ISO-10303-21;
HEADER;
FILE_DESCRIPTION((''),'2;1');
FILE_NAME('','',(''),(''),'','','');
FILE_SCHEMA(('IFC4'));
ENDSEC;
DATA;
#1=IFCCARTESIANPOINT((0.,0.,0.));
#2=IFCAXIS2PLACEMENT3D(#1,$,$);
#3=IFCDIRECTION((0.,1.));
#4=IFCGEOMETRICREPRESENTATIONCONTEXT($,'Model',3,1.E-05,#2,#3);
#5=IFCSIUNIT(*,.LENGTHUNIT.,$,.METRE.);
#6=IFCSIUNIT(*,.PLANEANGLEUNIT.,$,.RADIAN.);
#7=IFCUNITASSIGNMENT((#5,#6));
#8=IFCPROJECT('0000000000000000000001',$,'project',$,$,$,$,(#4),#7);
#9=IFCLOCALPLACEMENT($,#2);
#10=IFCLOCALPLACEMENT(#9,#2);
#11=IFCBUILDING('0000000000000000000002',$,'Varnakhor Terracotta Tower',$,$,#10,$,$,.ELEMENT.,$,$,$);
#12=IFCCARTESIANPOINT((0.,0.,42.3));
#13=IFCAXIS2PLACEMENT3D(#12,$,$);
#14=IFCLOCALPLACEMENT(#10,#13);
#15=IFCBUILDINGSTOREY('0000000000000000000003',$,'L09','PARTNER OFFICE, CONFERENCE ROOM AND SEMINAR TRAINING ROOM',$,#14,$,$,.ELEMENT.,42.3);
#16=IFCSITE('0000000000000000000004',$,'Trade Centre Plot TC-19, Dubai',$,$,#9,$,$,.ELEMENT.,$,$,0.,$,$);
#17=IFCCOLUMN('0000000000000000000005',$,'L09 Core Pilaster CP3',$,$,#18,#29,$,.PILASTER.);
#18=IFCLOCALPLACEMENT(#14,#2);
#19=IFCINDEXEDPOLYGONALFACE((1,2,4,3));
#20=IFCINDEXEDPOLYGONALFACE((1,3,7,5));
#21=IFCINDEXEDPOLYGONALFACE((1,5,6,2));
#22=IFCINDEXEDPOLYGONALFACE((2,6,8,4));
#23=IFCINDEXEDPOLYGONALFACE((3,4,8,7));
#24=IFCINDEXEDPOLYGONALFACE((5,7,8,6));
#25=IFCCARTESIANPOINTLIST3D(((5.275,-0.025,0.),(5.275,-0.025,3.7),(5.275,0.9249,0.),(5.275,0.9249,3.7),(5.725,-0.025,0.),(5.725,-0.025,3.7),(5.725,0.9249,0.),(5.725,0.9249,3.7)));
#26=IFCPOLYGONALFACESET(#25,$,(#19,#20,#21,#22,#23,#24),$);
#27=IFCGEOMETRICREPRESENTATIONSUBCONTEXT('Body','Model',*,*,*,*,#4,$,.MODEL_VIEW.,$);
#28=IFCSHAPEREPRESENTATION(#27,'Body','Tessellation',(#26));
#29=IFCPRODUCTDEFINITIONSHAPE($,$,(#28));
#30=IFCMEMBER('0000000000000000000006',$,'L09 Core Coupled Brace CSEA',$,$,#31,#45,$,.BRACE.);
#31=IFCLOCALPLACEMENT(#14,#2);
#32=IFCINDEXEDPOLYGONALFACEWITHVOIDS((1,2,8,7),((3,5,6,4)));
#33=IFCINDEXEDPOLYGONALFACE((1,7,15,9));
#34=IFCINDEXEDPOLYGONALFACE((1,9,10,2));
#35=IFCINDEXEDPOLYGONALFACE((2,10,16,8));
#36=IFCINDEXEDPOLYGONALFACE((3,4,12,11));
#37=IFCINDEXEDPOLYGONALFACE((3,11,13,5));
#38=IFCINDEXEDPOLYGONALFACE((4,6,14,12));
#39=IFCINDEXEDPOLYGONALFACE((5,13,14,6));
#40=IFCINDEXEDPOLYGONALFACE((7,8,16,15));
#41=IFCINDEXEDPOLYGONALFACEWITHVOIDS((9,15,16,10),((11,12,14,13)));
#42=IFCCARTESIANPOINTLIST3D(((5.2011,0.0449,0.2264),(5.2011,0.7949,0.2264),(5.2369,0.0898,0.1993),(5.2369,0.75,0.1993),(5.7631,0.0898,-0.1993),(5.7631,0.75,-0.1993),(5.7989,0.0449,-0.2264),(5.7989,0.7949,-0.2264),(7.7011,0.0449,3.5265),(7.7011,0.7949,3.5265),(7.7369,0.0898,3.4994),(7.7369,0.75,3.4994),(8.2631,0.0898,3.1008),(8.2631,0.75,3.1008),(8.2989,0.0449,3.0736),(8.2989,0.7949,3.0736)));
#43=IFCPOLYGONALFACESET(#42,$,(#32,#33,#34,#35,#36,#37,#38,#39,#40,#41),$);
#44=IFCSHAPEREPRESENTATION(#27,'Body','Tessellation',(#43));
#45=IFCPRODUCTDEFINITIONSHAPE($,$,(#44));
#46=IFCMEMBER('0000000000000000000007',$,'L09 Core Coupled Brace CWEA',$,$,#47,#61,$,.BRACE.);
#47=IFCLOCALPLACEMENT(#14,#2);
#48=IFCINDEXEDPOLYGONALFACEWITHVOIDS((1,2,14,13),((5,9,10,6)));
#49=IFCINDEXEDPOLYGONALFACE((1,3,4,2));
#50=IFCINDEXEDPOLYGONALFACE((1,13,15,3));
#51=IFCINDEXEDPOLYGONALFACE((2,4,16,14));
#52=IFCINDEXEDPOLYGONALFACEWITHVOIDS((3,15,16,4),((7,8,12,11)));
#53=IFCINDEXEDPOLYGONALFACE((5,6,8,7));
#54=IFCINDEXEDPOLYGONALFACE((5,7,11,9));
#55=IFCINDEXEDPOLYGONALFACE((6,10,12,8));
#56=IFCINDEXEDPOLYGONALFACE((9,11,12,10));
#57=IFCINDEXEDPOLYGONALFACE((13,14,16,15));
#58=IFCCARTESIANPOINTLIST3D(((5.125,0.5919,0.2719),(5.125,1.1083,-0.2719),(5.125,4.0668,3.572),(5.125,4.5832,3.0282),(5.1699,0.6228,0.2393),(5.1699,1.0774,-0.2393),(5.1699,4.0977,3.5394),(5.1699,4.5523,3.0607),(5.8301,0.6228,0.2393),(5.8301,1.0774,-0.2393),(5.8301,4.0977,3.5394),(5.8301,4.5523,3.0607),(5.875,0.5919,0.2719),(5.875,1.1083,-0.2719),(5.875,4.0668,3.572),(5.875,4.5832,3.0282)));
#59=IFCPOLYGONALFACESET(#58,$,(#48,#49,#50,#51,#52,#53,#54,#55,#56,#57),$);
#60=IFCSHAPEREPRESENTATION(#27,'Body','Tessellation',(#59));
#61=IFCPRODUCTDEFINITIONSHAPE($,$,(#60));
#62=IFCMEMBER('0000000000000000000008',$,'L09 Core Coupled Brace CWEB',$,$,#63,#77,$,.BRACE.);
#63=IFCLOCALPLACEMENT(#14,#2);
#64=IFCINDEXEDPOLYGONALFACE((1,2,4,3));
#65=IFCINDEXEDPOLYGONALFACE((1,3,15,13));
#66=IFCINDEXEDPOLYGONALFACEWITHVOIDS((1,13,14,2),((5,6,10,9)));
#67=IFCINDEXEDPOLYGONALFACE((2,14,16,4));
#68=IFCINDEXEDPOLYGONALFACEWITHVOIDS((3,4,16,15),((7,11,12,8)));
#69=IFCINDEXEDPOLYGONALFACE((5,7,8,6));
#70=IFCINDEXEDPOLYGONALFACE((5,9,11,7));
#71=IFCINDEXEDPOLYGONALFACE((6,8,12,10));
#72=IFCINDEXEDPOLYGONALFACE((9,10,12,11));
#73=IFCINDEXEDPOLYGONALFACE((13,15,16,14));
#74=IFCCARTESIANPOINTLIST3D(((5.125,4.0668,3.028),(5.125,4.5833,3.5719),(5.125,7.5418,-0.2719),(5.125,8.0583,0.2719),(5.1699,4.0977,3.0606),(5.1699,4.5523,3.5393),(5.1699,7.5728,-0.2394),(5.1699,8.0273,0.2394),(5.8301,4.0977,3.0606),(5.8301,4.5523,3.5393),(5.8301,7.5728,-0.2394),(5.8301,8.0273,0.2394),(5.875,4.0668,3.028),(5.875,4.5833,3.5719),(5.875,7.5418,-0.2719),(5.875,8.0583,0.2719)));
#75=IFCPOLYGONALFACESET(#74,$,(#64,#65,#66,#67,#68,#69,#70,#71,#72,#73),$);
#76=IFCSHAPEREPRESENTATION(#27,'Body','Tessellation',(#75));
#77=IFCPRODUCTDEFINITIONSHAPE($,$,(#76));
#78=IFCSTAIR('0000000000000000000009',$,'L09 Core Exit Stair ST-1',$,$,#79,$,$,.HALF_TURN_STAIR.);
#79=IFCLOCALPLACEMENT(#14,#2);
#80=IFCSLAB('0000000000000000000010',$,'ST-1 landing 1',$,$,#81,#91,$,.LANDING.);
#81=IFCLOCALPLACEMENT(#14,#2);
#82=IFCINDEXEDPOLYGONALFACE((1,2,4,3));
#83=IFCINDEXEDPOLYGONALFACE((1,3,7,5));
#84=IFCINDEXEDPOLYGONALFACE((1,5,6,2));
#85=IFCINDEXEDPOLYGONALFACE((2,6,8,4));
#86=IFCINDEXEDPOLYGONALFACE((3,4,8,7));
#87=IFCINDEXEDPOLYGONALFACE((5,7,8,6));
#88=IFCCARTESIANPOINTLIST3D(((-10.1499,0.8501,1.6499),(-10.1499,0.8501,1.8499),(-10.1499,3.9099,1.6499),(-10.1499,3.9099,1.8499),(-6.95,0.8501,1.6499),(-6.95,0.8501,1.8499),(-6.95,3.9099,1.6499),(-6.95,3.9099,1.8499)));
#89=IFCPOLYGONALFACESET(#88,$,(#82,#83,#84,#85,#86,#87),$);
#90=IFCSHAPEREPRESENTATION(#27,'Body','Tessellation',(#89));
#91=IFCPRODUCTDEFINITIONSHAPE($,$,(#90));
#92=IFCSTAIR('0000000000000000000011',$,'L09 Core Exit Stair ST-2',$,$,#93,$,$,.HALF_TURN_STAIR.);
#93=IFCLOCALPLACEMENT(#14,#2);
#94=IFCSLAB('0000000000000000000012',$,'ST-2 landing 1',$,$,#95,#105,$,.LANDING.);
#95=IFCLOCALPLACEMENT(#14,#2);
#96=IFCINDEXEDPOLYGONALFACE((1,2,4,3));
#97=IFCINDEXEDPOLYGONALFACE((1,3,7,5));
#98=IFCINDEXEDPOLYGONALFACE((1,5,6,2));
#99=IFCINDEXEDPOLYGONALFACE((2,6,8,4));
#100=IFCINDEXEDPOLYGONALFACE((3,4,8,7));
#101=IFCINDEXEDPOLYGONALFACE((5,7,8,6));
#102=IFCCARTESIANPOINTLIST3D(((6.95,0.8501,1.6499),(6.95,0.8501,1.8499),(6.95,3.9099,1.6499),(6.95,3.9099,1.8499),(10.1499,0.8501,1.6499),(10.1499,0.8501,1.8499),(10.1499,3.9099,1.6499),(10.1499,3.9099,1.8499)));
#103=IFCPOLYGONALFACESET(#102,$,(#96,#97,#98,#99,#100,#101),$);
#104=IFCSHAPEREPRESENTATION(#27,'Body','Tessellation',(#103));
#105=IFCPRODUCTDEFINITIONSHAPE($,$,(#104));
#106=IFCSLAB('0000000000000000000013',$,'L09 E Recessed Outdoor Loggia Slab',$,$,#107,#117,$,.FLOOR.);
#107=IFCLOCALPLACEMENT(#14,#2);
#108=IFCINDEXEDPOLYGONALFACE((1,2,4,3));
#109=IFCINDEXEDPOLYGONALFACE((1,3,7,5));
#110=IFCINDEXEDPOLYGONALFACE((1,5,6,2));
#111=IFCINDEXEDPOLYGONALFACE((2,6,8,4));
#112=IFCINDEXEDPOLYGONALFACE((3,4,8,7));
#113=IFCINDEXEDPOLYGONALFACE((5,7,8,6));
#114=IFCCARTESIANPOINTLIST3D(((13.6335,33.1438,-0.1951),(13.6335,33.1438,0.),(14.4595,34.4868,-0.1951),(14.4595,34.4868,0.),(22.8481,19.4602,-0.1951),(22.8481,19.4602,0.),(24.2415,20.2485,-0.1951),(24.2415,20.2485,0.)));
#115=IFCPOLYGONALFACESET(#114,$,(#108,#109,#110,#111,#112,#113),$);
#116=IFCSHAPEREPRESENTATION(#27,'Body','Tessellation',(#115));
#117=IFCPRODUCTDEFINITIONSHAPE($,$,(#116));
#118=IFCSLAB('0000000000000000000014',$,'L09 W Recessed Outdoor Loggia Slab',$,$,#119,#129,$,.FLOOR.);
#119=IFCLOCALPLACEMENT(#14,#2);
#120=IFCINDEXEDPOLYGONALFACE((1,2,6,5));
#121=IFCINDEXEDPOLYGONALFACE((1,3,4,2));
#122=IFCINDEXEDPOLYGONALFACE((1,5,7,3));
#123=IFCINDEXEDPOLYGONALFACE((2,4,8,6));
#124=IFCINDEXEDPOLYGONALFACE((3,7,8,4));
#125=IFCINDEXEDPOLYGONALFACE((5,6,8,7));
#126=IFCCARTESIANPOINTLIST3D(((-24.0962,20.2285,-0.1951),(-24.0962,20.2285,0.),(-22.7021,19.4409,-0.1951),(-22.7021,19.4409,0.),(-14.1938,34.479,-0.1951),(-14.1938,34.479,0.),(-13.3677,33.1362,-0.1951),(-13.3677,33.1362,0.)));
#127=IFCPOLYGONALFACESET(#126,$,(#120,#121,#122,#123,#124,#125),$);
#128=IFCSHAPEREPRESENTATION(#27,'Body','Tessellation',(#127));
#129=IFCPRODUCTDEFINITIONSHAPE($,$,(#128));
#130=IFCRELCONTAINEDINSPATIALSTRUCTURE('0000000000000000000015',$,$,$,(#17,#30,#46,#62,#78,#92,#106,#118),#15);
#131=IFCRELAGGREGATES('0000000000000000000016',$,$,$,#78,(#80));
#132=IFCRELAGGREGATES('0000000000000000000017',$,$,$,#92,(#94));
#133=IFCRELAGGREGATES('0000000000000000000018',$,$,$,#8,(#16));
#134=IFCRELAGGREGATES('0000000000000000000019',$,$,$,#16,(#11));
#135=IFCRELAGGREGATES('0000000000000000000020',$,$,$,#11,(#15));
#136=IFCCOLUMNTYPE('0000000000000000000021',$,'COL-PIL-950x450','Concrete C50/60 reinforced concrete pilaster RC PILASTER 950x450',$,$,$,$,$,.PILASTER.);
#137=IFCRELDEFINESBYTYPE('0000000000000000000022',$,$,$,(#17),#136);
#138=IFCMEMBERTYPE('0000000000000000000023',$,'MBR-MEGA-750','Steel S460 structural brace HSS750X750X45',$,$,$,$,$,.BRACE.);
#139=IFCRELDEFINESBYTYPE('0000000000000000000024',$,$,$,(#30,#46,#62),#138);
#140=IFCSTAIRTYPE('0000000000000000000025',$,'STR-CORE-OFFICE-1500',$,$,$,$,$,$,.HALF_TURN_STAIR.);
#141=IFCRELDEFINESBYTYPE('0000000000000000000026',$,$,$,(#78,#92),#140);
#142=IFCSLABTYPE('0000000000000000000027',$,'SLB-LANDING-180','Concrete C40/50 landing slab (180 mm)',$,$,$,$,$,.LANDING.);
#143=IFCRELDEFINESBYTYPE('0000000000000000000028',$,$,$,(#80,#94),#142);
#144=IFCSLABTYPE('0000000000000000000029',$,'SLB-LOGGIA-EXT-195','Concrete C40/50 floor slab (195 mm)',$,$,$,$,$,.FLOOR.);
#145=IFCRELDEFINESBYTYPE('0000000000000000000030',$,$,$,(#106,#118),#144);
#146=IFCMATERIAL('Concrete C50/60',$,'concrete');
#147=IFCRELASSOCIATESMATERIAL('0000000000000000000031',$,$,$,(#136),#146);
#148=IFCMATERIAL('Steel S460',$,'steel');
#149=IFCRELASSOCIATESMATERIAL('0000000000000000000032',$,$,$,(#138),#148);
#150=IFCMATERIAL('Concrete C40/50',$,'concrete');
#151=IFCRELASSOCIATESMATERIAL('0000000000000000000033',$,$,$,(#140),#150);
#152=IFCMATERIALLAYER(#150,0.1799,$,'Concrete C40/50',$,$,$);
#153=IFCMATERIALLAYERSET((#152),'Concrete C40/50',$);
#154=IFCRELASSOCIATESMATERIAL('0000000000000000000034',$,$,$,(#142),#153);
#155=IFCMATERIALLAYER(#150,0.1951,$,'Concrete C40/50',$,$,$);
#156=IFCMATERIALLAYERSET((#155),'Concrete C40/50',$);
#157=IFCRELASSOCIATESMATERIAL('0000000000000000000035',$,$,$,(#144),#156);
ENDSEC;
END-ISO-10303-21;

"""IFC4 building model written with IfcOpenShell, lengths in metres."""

from ifc_helpers import new_model, si_unit, direction, frame, origin, origin_2d, place, context, subcontext, project, spatial, polyline, rectangle, hollow_rectangle, outline, extrude, source, transform, mapped, material, layer, layer_set, material_profile, profile_set, type_object, type_shapes, element, aggregate, save


model = new_model("IFC4")

# Units and contexts
model_context = context("Model", 3, precision=1e-05, world=origin(), true_north=direction((0.0, 1.0)))
body_context = subcontext(model_context, "Body", "Model", "MODEL_VIEW")
ifc_project = project(units=[si_unit("LENGTHUNIT", "METRE"), si_unit("PLANEANGLEUNIT", "RADIAN")], contexts=[model_context])

# Site, building, storey
site_placement = place(None, origin())
site = spatial("IfcSite", under=ifc_project, at=site_placement, Name="Trade Centre Plot TC-19, Dubai", CompositionType="ELEMENT", RefElevation=0.0)
building_placement = place(site_placement, origin())
building = spatial("IfcBuilding", under=site, at=building_placement, Name="Varnakhor Terracotta Tower", CompositionType="ELEMENT")
storey_placement = place(building_placement, frame((0.0, 0.0, 42.3)))
storey = spatial("IfcBuildingStorey", under=building, at=storey_placement, Name="L09", Description="PARTNER OFFICE, CONFERENCE ROOM AND SEMINAR TRAINING ROOM", CompositionType="ELEMENT", Elevation=42.3)

# Column
ifc_material_1 = material(Name="Concrete C50/60", Category="concrete")
ifc_material_profile_1 = material_profile(ifc_material_1, rectangle(XDim=0.45, YDim=0.95, at=origin_2d()), Name="RC PILASTER 950x450")
ifc_profile_set_1 = profile_set([ifc_material_profile_1], Name="Concrete C50/60")
column_type = type_object("IfcColumnType", Name="COL-PIL-950x450", Description="Concrete C50/60 reinforced concrete pilaster RC PILASTER 950x450", PredefinedType="PILASTER", material=ifc_profile_set_1)
shared_shape_1 = source(origin(), body_context, "Body", "SweptSolid", [
    extrude(rectangle(XDim=0.45, YDim=0.95, at=origin_2d()), origin(), (0.0, 0.0, 1.0), 3.7),
])
column_placement = place(storey_placement, frame((5.5, 0.45, 0.0), z_axis=(0.0, 0.0, 1.0), x_axis=(1.0, 0.0, 0.0)))
element("IfcColumn", 1, at=column_placement, inside=storey, type_object=column_type, Name="L09 Core Pilaster CP3", PredefinedType="PILASTER", context=body_context, shape_type="MappedRepresentation", body=[
    mapped(shared_shape_1, transform((0.0, 0.0, 0.0), scale=1.0)),
])

# Members
ifc_material_2 = material(Name="Steel S460", Category="steel")
ifc_material_profile_2 = material_profile(ifc_material_2, hollow_rectangle(XDim=0.75, YDim=0.75, WallThickness=0.0449, at=origin_2d()), Name="HSS750X750X45")
ifc_profile_set_2 = profile_set([ifc_material_profile_2], Name="Steel S460")
member_type = type_object("IfcMemberType", Name="MBR-MEGA-750", Description="Steel S460 structural brace HSS750X750X45", PredefinedType="BRACE", material=ifc_profile_set_2)
shared_shape_2 = source(origin(), body_context, "Body", "SweptSolid", [
    extrude(hollow_rectangle(XDim=0.75, YDim=0.75, WallThickness=0.0449, at=origin_2d()), origin(), (0.0, 0.0, 1.0), 4.1401),
])
type_shapes(member_type, [shared_shape_2])
member_placement = place(storey_placement, frame((5.5, 0.4199, 0.0), z_axis=(0.603852, 0.0, 0.797096), x_axis=(0.0, 1.0, 0.0)))
element("IfcMember", 2, at=member_placement, inside=storey, type_object=member_type, Name="L09 Core Coupled Brace CSEA", PredefinedType="BRACE", context=body_context, shape_type="MappedRepresentation", body=[
    mapped(shared_shape_2, transform((0.0, 0.0, 0.0), scale=1.0)),
])
shared_shape_3 = source(origin(), body_context, "Body", "SweptSolid", [
    extrude(hollow_rectangle(XDim=0.75, YDim=0.75, WallThickness=0.0449, at=origin_2d()), origin(), (0.0, 0.0, 1.0), 4.7922),
])
for number, where, z_axis, x_axis, name in (
    (3, (5.5, 0.8501, 0.0), (0.0, 0.72511, 0.688633), (-1.0, 0.0, 0.0), "L09 Core Coupled Brace CWEA"),
    (4, (5.5, 7.8, 0.0), (0.0, -0.725134, 0.688608), (1.0, 0.0, 0.0), "L09 Core Coupled Brace CWEB"),
):
    element("IfcMember", number, at=place(storey_placement, frame(where, z_axis=z_axis, x_axis=x_axis)), inside=storey, type_object=member_type, Name=name, PredefinedType="BRACE", context=body_context, shape_type="MappedRepresentation", body=[
        mapped(shared_shape_3, transform((0.0, 0.0, 0.0), scale=1.0)),
    ])

# Stairs, slabs
ifc_material_3 = material(Name="Concrete C40/50", Category="concrete")
stair_type = type_object("IfcStairType", Name="STR-CORE-OFFICE-1500", PredefinedType="HALF_TURN_STAIR", material=ifc_material_3)
stair_1_placement = place(storey_placement, origin())
stair_1 = element("IfcStair", 5, at=stair_1_placement, inside=storey, type_object=stair_type, Name="L09 Core Exit Stair ST-1", PredefinedType="HALF_TURN_STAIR")
ifc_layer_1 = layer(ifc_material_3, 0.1799, Name="Concrete C40/50")
ifc_layer_set_1 = layer_set([ifc_layer_1], Name="Concrete C40/50")
slab_type_1 = type_object("IfcSlabType", Name="SLB-LANDING-180", Description="Concrete C40/50 landing slab (180 mm)", PredefinedType="LANDING", material=ifc_layer_set_1)
slab_1_placement = place(storey_placement, frame((0.0, 0.0, 1.6499)))
slab_1 = element("IfcSlab", 6, at=slab_1_placement, type_object=slab_type_1, Name="ST-1 landing 1", PredefinedType="LANDING", context=body_context, shape_type="SweptSolid", body=[
    extrude(outline(polyline([(-10.1499, 3.9099), (-10.1499, 0.8501), (-6.95, 0.8501), (-6.95, 3.9099), (-10.1499, 3.9099)])), origin(), (0.0, 0.0, 1.0), 0.2),
])
aggregate(stair_1, [slab_1])
stair_2_placement = place(storey_placement, origin())
stair_2 = element("IfcStair", 7, at=stair_2_placement, inside=storey, type_object=stair_type, Name="L09 Core Exit Stair ST-2", PredefinedType="HALF_TURN_STAIR")
slab_2_placement = place(storey_placement, frame((0.0, 0.0, 1.6499)))
slab_2 = element("IfcSlab", 8, at=slab_2_placement, type_object=slab_type_1, Name="ST-2 landing 1", PredefinedType="LANDING", context=body_context, shape_type="SweptSolid", body=[
    extrude(outline(polyline([(6.95, 3.9099), (6.95, 0.8501), (10.1499, 0.8501), (10.1499, 3.9099), (6.95, 3.9099)])), origin(), (0.0, 0.0, 1.0), 0.2),
])

# Slabs
ifc_layer_2 = layer(ifc_material_3, 0.1951, Name="Concrete C40/50")
ifc_layer_set_2 = layer_set([ifc_layer_2], Name="Concrete C40/50")
slab_type_2 = type_object("IfcSlabType", Name="SLB-LOGGIA-EXT-195", Description="Concrete C40/50 floor slab (195 mm)", PredefinedType="FLOOR", material=ifc_layer_set_2)
slab_3_placement = place(storey_placement, frame((0.0, 0.0, -0.1951)))
element("IfcSlab", 9, at=slab_3_placement, inside=storey, type_object=slab_type_2, Name="L09 E Recessed Outdoor Loggia Slab", PredefinedType="FLOOR", context=body_context, shape_type="SweptSolid", body=[
    extrude(outline(polyline([(14.4595, 34.4868), (24.2415, 20.2485), (22.8481, 19.4602), (13.6335, 33.1438), (14.4595, 34.4868)])), origin(), (0.0, 0.0, 1.0), 0.1951),
])
slab_4_placement = place(storey_placement, frame((0.0, 0.0, -0.1951)))
element("IfcSlab", 10, at=slab_4_placement, inside=storey, type_object=slab_type_2, Name="L09 W Recessed Outdoor Loggia Slab", PredefinedType="FLOOR", context=body_context, shape_type="SweptSolid", body=[
    extrude(outline(polyline([(-24.0962, 20.2285), (-14.1938, 34.479), (-13.3677, 33.1362), (-22.7021, 19.4409), (-24.0962, 20.2285)])), origin(), (0.0, 0.0, 1.0), 0.1951),
])

aggregate(stair_2, [slab_2])

save(model, "model.ifc")
